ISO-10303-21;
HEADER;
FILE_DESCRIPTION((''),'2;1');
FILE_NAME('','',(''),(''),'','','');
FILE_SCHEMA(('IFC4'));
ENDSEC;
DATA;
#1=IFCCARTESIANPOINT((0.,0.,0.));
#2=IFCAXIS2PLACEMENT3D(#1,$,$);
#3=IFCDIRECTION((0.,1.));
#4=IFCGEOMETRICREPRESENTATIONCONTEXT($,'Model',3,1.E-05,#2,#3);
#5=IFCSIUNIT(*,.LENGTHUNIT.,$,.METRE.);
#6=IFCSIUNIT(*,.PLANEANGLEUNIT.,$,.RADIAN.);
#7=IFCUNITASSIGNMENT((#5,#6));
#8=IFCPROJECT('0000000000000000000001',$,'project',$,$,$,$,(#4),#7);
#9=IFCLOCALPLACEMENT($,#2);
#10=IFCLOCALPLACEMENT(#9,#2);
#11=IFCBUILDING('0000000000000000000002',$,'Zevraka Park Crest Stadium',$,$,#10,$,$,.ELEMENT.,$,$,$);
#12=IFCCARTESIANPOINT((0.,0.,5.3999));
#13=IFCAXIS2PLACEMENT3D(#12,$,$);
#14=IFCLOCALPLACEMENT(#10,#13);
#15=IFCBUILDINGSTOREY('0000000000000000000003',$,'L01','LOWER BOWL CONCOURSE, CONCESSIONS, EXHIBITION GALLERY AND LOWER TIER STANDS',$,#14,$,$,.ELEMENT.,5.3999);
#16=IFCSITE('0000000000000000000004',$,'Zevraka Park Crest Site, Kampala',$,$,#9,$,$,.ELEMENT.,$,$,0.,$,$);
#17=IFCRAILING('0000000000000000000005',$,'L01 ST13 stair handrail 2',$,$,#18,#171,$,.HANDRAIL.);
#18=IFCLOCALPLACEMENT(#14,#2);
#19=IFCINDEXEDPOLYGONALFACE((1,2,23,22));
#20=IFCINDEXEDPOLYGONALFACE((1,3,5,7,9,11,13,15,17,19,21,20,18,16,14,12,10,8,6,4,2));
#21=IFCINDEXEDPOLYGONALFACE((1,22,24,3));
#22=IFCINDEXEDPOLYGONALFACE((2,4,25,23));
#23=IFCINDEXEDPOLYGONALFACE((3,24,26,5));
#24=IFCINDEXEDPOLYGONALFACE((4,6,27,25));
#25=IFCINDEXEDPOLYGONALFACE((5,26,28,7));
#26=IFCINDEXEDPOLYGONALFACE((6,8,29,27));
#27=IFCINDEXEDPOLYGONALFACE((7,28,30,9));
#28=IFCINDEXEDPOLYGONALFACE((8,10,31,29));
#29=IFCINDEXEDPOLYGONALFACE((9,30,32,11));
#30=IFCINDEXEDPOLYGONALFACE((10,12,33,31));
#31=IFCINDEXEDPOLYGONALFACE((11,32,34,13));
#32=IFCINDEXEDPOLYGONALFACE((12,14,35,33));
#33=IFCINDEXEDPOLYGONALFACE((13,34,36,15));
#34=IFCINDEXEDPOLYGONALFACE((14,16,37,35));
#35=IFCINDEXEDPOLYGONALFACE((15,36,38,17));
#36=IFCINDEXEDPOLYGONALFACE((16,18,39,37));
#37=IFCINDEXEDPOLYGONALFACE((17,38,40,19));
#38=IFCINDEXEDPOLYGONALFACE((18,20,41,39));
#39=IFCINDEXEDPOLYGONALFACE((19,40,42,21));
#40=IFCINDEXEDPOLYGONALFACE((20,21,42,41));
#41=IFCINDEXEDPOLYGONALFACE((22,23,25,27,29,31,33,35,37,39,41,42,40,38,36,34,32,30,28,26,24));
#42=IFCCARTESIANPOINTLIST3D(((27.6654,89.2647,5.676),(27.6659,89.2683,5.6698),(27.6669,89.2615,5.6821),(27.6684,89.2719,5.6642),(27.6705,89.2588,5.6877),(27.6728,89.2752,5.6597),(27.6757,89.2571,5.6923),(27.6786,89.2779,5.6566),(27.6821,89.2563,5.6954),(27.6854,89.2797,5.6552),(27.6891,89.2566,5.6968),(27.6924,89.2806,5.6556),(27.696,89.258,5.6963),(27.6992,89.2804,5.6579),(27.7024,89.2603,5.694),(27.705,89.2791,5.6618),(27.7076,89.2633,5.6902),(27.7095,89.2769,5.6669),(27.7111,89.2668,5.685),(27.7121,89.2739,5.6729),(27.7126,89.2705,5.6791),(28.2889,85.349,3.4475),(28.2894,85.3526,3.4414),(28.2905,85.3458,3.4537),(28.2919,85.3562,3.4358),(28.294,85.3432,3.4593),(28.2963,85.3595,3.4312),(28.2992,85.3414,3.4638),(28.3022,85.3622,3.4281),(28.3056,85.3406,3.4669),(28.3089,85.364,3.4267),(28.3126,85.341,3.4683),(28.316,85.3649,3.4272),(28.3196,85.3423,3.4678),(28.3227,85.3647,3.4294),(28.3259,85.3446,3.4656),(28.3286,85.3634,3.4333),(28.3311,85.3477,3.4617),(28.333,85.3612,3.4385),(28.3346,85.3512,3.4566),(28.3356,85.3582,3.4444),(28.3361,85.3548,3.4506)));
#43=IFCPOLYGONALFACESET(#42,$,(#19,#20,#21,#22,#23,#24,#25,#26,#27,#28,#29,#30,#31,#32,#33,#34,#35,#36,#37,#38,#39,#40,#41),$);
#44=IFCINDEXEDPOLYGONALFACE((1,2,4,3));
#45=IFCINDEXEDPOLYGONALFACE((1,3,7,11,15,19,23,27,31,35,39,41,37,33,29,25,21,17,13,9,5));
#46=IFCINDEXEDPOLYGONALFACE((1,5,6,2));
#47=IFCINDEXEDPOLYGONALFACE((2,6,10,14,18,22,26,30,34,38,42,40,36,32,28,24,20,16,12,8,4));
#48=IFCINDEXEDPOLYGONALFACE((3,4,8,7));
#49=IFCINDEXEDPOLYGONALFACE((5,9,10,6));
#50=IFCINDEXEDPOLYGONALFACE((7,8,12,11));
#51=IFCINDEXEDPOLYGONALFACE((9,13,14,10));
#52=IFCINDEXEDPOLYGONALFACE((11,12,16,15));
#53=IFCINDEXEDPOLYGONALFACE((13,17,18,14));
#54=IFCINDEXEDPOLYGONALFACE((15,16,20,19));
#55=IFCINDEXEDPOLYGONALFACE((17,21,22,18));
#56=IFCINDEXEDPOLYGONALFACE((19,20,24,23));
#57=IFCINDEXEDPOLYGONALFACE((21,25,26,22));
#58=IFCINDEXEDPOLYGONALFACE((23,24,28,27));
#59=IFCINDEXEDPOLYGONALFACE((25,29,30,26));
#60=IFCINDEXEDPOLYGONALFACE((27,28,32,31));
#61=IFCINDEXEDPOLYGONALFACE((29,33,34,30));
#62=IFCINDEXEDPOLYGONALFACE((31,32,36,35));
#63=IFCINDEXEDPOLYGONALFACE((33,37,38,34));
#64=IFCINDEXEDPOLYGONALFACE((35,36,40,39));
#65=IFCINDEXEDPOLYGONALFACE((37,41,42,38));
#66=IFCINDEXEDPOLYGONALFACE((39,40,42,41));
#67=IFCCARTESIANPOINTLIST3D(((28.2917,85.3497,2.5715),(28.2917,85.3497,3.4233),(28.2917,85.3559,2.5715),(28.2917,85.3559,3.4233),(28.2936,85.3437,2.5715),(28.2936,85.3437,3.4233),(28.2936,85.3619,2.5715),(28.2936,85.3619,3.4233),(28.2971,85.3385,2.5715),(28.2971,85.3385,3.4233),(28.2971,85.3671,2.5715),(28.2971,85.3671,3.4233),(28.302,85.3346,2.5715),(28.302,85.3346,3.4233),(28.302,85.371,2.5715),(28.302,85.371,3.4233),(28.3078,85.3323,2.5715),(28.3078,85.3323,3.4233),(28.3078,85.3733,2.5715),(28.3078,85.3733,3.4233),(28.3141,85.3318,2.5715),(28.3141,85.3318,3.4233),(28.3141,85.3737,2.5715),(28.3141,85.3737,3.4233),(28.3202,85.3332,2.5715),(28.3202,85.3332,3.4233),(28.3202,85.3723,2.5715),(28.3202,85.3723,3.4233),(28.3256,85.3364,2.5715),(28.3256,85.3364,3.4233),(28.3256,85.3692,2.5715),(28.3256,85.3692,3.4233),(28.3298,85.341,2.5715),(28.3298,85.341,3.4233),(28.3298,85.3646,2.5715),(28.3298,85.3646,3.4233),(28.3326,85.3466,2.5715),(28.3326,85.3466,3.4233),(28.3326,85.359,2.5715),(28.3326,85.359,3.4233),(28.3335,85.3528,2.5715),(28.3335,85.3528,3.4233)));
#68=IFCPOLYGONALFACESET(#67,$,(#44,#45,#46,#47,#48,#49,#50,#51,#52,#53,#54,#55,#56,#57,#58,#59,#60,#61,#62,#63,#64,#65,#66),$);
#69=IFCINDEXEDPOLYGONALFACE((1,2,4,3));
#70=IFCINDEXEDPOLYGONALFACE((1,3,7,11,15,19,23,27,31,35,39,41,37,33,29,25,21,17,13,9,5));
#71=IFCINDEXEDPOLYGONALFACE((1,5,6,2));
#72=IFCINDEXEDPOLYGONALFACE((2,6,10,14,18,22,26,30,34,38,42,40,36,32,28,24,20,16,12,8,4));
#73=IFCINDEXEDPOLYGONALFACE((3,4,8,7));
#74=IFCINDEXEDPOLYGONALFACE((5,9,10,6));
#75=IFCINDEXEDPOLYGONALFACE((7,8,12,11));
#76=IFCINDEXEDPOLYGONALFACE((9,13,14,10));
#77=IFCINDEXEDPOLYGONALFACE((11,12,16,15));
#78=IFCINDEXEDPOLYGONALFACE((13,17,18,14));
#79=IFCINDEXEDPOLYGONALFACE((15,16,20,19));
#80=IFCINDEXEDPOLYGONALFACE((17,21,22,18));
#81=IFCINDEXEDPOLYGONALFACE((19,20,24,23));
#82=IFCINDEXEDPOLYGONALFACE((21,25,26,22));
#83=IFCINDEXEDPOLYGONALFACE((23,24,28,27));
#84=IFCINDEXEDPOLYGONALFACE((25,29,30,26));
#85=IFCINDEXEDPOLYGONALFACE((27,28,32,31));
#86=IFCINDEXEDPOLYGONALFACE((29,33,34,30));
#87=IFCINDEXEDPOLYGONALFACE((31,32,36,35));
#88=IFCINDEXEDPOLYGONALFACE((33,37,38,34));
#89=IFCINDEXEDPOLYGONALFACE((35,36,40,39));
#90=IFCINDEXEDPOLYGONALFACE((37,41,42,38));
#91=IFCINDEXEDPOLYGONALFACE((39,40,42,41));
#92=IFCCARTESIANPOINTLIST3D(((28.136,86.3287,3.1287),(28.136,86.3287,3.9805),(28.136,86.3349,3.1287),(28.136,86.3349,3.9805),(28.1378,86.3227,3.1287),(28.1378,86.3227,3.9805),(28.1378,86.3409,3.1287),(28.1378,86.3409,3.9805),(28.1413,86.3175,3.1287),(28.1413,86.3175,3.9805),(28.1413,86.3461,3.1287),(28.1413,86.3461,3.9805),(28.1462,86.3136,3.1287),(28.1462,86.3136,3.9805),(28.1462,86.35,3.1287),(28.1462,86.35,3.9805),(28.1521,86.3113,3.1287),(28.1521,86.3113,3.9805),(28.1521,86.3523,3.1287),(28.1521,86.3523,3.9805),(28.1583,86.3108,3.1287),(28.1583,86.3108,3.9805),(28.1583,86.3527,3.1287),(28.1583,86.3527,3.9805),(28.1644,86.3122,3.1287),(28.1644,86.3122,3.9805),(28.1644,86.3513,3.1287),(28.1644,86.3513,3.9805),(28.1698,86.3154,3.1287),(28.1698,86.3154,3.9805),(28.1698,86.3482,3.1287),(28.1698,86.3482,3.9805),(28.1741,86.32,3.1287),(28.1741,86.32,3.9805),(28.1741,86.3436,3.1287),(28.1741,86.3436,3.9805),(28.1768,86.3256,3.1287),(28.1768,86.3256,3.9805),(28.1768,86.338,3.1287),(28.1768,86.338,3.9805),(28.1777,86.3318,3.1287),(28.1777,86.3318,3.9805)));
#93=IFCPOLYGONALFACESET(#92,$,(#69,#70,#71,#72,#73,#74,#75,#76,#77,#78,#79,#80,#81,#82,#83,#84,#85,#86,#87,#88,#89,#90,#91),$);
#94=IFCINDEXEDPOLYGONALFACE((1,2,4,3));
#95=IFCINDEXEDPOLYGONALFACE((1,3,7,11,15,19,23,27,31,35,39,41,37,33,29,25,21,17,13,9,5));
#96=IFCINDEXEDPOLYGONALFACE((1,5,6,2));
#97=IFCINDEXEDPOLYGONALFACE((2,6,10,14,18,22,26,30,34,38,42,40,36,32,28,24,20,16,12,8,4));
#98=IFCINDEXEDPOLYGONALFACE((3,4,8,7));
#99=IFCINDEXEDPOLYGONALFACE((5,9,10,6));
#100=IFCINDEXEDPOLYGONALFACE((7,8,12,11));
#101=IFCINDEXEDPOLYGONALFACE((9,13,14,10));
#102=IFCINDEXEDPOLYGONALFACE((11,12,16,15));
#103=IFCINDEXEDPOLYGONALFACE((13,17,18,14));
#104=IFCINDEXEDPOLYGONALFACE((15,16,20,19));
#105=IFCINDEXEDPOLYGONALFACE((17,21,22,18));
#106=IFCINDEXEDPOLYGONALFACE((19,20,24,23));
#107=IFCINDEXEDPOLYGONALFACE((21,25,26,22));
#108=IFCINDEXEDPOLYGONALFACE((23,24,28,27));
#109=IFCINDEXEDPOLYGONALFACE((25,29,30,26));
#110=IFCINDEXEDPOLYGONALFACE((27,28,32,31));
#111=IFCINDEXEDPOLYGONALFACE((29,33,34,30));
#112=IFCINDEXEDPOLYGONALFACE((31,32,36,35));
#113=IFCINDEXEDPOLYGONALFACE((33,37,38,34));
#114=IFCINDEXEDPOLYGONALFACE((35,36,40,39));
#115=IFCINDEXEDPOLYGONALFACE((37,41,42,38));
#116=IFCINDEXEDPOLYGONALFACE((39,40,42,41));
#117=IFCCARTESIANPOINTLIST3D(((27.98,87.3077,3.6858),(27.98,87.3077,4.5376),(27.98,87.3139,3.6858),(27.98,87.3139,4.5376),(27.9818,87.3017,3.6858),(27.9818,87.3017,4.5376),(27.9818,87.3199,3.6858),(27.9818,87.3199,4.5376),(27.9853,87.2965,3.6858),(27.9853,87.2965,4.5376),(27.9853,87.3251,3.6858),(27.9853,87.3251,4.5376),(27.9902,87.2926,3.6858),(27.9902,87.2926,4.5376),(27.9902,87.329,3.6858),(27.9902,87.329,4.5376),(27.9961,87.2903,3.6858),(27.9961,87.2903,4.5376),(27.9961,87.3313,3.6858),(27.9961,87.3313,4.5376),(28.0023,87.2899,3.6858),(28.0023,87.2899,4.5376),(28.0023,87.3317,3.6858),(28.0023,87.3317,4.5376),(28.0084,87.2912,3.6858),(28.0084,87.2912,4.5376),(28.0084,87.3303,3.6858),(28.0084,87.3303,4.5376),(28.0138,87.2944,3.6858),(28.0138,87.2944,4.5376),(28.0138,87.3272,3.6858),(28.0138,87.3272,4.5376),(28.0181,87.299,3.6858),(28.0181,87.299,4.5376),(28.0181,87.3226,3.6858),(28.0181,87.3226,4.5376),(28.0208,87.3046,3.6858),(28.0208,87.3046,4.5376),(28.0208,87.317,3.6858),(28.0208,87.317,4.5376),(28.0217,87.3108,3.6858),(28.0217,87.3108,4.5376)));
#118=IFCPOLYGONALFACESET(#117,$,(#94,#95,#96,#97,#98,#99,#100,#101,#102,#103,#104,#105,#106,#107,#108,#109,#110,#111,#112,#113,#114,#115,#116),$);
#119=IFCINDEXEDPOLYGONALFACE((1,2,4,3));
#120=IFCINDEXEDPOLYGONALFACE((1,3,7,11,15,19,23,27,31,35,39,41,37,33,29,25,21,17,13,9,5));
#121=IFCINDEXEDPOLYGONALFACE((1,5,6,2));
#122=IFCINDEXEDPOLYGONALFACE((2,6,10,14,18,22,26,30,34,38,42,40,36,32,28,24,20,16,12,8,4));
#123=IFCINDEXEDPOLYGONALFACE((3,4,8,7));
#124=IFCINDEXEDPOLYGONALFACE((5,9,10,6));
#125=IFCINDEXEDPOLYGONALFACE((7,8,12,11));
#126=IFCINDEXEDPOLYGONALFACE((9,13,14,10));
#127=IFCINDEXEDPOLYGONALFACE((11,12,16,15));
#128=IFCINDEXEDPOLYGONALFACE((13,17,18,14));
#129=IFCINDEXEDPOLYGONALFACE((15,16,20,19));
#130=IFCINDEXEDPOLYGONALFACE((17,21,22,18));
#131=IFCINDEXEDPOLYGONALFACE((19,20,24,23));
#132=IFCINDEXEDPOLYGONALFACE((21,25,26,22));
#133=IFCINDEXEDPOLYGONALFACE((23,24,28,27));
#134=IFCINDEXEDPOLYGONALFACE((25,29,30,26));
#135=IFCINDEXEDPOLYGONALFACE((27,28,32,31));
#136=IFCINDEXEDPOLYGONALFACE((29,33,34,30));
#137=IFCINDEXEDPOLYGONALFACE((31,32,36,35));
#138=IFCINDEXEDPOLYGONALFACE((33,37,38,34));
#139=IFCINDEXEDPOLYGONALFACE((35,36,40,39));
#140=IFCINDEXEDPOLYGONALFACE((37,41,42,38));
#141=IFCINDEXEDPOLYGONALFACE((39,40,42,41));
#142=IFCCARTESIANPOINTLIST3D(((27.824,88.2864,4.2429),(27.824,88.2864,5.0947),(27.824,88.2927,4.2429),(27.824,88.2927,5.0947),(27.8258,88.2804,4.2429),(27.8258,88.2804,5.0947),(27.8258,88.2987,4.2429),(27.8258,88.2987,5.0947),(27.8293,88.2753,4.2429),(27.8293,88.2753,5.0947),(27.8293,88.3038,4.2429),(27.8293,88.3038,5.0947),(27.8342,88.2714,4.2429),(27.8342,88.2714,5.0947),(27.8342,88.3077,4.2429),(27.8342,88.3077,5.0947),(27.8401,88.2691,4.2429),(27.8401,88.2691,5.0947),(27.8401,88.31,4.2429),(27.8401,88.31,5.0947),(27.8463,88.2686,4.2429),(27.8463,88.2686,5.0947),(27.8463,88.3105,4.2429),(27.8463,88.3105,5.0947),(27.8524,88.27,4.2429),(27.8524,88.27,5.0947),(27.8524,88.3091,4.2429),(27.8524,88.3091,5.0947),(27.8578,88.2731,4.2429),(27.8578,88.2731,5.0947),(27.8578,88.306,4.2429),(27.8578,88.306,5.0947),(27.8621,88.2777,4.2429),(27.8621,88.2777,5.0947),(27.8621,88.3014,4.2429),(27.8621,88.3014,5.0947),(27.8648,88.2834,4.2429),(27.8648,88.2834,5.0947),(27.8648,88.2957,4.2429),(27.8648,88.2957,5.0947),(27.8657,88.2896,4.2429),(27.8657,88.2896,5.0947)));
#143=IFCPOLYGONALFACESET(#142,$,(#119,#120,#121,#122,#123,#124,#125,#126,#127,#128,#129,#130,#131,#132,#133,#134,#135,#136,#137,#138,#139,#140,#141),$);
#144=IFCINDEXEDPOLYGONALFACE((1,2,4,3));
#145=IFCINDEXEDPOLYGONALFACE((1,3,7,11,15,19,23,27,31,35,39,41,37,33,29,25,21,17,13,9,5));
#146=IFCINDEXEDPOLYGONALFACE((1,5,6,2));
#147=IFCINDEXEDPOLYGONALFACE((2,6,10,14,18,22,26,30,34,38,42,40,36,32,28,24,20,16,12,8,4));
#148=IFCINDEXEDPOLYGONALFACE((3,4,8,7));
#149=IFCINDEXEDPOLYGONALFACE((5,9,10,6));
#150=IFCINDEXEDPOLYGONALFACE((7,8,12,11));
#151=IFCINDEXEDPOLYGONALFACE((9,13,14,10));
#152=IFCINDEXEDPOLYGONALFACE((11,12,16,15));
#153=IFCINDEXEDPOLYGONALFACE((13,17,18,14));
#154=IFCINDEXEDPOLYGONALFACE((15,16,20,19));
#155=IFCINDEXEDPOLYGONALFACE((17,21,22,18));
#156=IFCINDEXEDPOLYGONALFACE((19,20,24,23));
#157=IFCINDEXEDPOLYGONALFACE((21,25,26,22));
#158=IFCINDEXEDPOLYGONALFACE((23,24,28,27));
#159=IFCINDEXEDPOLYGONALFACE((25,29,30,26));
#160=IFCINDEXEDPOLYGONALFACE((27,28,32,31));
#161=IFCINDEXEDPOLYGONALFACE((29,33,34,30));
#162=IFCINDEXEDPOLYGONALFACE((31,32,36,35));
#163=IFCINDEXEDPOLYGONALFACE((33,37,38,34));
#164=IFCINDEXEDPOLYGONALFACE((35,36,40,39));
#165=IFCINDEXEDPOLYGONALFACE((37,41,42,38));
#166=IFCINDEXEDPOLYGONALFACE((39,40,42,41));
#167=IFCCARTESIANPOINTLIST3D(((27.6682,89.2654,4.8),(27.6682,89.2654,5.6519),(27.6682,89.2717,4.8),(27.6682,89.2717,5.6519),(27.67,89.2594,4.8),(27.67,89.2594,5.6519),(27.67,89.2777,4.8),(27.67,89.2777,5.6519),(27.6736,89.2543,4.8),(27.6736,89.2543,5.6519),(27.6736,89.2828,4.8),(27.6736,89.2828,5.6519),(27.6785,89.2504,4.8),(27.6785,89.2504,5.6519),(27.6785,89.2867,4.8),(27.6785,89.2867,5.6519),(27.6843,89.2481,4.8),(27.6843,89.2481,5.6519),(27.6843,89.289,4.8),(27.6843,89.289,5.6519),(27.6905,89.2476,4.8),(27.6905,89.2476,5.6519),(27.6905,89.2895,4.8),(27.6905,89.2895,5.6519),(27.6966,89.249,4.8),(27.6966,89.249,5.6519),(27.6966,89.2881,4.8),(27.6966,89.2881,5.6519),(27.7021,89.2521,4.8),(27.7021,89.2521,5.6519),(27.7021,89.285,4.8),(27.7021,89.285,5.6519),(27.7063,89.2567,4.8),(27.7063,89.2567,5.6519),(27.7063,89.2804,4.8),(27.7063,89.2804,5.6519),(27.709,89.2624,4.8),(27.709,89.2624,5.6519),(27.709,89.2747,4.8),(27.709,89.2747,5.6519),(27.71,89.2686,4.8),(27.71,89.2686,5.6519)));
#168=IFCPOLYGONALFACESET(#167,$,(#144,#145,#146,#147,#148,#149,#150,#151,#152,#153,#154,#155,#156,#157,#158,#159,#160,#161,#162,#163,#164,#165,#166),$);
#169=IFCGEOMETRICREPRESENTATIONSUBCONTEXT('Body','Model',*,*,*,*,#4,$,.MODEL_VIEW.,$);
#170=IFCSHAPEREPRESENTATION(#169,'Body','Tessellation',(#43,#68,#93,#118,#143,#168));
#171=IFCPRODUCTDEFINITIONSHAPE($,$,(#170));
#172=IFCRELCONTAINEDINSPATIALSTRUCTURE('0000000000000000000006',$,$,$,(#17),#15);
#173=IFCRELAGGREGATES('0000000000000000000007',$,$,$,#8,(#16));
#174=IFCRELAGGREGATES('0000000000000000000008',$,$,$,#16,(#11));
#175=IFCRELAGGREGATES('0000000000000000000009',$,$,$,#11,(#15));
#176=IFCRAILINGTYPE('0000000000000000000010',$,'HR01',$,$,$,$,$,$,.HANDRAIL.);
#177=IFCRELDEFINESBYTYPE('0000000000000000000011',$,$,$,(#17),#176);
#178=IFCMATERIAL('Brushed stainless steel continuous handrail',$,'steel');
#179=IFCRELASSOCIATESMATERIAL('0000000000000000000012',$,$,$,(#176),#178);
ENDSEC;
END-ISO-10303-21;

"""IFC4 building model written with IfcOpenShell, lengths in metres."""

from ifc_helpers import new_model, si_unit, direction, frame, origin, origin_2d, place, context, subcontext, project, spatial, circle, extrude, material, type_object, element, save


model = new_model("IFC4")

# Units and contexts
model_context = context("Model", 3, precision=1e-05, world=origin(), true_north=direction((0.0, 1.0)))
body_context = subcontext(model_context, "Body", "Model", "MODEL_VIEW")
ifc_project = project(units=[si_unit("LENGTHUNIT", "METRE"), si_unit("PLANEANGLEUNIT", "RADIAN")], contexts=[model_context])

# Site, building, storey
site_placement = place(None, origin())
site = spatial("IfcSite", under=ifc_project, at=site_placement, Name="Zevraka Park Crest Site, Kampala", CompositionType="ELEMENT", RefElevation=0.0)
building_placement = place(site_placement, origin())
building = spatial("IfcBuilding", under=site, at=building_placement, Name="Zevraka Park Crest Stadium", CompositionType="ELEMENT")
storey_placement = place(building_placement, frame((0.0, 0.0, 5.3999)))
storey = spatial("IfcBuildingStorey", under=building, at=storey_placement, Name="L01", Description="LOWER BOWL CONCOURSE, CONCESSIONS, EXHIBITION GALLERY AND LOWER TIER STANDS", CompositionType="ELEMENT", Elevation=5.3999)

# Railing
ifc_material_1 = material(Name="Brushed stainless steel continuous handrail", Category="steel")
railing_type_1 = type_object("IfcRailingType", Name="HR01", PredefinedType="HANDRAIL", material=ifc_material_1)
railing_1_placement = place(storey_placement, frame((28.3125, 85.3528, 2.5715)))
element("IfcRailing", 1, at=railing_1_placement, inside=storey, type_object=railing_type_1, Name="L01 ST13 stair handrail 2", PredefinedType="HANDRAIL", context=body_context, shape_type="SweptSolid", body=[
    extrude(circle(Radius=0.0239, at=origin_2d()), frame((0.0, 0.0, 0.876), z_axis=(-0.137088, 0.860903, 0.489951), x_axis=(-0.987558, -0.157256, 0.0)), (0.0, 0.0, 1.0), 4.5483),
    extrude(circle(Radius=0.021, at=origin_2d()), origin(), (0.0, 0.0, 1.0), 0.8518),
    extrude(circle(Radius=0.021, at=origin_2d()), frame((-0.1558, 0.979, 0.5571)), (0.0, 0.0, 1.0), 0.8518),
    extrude(circle(Radius=0.021, at=origin_2d()), frame((-0.3118, 1.958, 1.1143)), (0.0, 0.0, 1.0), 0.8518),
    extrude(circle(Radius=0.021, at=origin_2d()), frame((-0.4678, 2.9368, 1.6714)), (0.0, 0.0, 1.0), 0.8518),
    extrude(circle(Radius=0.021, at=origin_2d()), frame((-0.6235, 3.9158, 2.2285)), (0.0, 0.0, 1.0), 0.8518),
])

save(model, "model.ifc")
